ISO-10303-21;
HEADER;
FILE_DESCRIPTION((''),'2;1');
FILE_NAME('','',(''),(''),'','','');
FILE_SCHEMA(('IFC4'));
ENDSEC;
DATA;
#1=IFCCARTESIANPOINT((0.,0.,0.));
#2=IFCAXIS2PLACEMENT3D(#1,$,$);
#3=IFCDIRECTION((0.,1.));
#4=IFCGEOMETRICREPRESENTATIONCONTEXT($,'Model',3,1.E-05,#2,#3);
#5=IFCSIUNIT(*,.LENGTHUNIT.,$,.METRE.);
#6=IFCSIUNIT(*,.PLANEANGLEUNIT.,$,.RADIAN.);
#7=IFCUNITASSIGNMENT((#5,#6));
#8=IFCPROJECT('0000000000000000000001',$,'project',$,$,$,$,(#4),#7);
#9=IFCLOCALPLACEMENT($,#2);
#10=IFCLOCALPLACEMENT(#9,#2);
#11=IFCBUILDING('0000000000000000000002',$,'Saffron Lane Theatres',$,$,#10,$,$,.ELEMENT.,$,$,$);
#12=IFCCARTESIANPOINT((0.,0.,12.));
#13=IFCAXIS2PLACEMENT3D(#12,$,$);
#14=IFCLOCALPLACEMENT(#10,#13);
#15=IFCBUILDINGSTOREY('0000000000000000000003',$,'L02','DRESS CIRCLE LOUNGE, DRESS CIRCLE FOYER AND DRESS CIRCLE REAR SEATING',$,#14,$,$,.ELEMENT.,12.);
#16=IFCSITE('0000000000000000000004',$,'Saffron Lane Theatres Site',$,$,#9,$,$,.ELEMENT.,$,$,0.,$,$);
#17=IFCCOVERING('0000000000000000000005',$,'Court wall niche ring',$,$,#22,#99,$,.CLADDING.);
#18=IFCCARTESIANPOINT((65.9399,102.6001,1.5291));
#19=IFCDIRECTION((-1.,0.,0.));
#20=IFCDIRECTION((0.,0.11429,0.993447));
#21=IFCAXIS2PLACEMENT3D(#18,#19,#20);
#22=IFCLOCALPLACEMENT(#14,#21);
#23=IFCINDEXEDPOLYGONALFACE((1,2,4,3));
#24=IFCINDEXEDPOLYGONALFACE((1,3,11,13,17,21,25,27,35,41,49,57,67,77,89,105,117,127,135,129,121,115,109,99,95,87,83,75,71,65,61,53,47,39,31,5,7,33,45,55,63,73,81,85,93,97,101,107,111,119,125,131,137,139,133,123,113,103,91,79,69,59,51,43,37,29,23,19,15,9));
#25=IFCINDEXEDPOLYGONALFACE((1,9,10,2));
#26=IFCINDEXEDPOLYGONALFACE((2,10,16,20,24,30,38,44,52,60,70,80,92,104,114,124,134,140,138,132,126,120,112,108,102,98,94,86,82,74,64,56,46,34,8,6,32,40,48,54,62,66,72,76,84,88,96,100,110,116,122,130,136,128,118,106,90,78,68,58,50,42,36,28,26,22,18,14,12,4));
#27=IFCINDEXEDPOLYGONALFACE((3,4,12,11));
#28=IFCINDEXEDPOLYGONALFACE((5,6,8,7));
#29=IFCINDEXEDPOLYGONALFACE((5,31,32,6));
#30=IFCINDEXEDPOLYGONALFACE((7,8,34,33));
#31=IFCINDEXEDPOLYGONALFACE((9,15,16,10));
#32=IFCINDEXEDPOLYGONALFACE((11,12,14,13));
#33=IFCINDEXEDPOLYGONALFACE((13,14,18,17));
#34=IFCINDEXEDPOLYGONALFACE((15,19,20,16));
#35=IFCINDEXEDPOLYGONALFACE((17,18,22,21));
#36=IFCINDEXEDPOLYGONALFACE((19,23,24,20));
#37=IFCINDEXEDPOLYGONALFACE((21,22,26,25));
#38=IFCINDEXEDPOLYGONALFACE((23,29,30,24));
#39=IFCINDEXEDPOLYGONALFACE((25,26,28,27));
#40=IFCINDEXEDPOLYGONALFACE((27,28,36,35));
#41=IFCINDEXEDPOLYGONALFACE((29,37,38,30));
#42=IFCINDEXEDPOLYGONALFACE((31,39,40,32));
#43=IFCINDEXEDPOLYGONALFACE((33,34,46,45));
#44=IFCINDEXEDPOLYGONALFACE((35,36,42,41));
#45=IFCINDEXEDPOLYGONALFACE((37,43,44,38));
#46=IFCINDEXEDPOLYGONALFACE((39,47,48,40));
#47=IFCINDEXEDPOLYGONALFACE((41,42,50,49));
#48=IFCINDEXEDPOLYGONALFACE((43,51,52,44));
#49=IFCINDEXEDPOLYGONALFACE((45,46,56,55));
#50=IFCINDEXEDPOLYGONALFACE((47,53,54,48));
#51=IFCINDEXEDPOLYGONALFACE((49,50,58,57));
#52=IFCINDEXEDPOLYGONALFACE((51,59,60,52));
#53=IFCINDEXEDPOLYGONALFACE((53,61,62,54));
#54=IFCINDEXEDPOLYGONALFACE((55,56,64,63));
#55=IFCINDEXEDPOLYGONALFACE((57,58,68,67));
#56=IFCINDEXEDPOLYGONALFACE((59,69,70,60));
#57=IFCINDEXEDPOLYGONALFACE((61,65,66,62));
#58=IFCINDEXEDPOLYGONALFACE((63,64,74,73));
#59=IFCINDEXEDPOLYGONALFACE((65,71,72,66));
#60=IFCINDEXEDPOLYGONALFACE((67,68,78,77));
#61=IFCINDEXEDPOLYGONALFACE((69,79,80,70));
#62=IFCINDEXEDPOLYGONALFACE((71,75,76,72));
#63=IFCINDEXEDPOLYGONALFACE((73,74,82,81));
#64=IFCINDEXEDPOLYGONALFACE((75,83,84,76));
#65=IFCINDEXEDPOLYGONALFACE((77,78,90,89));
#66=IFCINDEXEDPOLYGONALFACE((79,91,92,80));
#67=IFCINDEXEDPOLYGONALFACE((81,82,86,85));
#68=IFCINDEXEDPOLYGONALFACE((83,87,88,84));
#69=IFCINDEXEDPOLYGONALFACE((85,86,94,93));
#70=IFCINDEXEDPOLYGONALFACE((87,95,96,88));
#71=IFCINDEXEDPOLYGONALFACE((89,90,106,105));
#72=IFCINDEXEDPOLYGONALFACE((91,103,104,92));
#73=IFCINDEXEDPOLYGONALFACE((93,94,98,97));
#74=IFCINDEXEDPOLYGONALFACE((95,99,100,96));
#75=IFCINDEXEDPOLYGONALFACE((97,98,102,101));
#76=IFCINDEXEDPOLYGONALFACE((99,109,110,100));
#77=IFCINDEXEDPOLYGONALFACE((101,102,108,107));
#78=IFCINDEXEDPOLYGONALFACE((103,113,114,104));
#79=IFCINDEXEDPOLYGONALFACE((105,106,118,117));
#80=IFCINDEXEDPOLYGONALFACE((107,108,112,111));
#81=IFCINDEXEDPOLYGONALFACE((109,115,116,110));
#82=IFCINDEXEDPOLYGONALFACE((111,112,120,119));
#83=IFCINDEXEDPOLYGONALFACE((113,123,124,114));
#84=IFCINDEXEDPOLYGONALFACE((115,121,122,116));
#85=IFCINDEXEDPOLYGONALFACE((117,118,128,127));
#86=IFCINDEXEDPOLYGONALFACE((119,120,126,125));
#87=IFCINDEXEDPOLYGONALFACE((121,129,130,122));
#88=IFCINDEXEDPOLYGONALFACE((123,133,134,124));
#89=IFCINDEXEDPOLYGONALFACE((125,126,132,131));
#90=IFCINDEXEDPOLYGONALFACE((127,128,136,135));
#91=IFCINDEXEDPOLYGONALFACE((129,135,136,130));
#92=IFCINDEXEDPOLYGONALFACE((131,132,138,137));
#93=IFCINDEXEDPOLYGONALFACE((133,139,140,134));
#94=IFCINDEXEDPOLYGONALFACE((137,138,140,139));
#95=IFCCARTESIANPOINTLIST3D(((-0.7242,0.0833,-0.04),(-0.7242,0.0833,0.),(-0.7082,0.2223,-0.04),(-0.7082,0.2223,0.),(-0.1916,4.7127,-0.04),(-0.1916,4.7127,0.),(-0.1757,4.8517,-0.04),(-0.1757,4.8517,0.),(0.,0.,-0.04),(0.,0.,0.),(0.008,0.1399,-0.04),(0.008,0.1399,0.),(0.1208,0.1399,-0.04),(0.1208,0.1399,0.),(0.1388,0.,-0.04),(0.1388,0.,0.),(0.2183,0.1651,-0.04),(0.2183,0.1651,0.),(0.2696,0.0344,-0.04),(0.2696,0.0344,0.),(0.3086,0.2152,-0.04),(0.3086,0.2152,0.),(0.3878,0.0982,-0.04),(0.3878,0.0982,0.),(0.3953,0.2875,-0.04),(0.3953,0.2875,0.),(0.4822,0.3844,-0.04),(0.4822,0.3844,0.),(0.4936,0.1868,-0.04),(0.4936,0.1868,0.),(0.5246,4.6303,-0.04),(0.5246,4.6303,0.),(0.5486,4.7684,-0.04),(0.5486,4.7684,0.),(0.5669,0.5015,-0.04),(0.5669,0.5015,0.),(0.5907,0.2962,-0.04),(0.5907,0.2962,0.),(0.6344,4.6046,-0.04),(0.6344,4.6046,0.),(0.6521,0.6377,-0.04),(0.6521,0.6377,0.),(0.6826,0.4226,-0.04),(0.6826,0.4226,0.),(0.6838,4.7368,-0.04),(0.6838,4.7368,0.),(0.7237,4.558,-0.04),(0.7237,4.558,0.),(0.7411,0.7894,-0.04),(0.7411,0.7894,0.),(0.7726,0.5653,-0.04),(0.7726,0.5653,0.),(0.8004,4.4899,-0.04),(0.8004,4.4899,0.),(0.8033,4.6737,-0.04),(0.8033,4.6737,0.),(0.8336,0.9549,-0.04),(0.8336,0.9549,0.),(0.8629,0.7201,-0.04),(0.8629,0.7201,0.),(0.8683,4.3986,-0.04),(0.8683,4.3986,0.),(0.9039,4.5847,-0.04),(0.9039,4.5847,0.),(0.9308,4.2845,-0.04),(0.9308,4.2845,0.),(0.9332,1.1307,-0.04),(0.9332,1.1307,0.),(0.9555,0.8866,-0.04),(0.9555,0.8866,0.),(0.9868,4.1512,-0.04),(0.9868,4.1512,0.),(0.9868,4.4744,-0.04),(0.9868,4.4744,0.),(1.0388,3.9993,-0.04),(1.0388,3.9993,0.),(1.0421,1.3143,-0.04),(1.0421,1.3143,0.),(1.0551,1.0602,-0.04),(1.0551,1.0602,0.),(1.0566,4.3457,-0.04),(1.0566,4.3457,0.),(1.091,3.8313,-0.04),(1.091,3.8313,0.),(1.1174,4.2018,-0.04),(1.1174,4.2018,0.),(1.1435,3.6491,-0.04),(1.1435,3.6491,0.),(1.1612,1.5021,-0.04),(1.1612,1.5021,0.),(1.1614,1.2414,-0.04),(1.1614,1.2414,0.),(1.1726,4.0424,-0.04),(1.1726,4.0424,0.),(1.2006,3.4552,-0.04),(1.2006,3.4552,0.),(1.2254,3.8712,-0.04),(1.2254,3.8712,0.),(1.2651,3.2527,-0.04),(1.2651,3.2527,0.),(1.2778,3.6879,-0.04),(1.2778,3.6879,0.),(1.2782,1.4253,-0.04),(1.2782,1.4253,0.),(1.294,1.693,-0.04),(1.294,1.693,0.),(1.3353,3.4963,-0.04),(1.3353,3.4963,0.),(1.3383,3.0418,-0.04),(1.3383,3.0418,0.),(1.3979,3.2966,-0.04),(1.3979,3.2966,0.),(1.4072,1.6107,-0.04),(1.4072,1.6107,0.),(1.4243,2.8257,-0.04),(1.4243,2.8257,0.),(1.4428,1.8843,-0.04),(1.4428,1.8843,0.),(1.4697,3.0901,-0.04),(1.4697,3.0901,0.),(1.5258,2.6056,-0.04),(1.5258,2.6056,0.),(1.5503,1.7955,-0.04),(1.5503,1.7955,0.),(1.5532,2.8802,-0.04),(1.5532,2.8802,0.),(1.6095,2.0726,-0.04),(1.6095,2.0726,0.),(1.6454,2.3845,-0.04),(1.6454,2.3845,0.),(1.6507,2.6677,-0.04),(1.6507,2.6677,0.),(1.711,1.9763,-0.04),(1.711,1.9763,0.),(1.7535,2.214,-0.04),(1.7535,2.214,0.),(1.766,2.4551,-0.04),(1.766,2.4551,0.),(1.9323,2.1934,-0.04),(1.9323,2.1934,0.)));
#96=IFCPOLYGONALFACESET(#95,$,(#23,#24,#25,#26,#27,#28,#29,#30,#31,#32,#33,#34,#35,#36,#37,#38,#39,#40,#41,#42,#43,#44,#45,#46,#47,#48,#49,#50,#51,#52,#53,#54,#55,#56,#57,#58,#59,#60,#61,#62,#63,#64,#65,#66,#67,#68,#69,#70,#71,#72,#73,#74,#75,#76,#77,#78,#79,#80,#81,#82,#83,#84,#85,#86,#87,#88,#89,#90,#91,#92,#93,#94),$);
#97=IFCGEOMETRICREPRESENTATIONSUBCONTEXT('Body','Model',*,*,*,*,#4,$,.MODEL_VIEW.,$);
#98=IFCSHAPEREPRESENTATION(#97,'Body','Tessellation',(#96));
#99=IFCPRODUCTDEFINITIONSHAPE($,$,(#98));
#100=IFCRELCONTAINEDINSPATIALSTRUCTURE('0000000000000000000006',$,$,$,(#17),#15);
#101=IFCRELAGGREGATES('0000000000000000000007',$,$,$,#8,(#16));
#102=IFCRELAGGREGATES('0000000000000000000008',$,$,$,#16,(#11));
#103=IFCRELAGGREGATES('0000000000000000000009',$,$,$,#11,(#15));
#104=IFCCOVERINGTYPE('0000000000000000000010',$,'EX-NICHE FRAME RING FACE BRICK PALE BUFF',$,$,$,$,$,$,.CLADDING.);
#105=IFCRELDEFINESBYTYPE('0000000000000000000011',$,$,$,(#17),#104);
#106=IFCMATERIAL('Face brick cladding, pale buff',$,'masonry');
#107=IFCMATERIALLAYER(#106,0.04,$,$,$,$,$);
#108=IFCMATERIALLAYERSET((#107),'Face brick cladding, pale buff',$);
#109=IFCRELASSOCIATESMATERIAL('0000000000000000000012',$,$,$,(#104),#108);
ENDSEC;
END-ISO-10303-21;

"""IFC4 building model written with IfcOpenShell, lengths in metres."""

from ifc_helpers import new_model, si_unit, direction, frame, origin, place, context, subcontext, project, spatial, polyline, outline, extrude, material, layer, layer_set, type_object, element, save


model = new_model("IFC4")

# Units and contexts
model_context = context("Model", 3, precision=1e-05, world=origin(), true_north=direction((0.0, 1.0)))
body_context = subcontext(model_context, "Body", "Model", "MODEL_VIEW")
ifc_project = project(units=[si_unit("LENGTHUNIT", "METRE"), si_unit("PLANEANGLEUNIT", "RADIAN")], contexts=[model_context])

# Site, building, storey
site_placement = place(None, origin())
site = spatial("IfcSite", under=ifc_project, at=site_placement, Name="Saffron Lane Theatres Site", CompositionType="ELEMENT", RefElevation=0.0)
building_placement = place(site_placement, origin())
building = spatial("IfcBuilding", under=site, at=building_placement, Name="Saffron Lane Theatres", CompositionType="ELEMENT")
storey_placement = place(building_placement, frame((0.0, 0.0, 12.0)))
storey = spatial("IfcBuildingStorey", under=building, at=storey_placement, Name="L02", Description="DRESS CIRCLE LOUNGE, DRESS CIRCLE FOYER AND DRESS CIRCLE REAR SEATING", CompositionType="ELEMENT", Elevation=12.0)

# Covering
ifc_material_1 = material(Name="Face brick cladding, pale buff", Category="masonry")
ifc_layer_1 = layer(ifc_material_1, 0.04)
ifc_layer_set_1 = layer_set([ifc_layer_1], Name="Face brick cladding, pale buff")
covering_type_1 = type_object("IfcCoveringType", Name="EX-NICHE FRAME RING FACE BRICK PALE BUFF", PredefinedType="CLADDING", material=ifc_layer_set_1)
covering_1_placement = place(storey_placement, frame((65.9399, 102.6001, 1.5291), z_axis=(-1.0, 0.0, 0.0), x_axis=(0.0, 0.11429, 0.993447)))
element("IfcCovering", 1, at=covering_1_placement, inside=storey, type_object=covering_type_1, Name="Court wall niche ring", PredefinedType="CLADDING", context=body_context, shape_type="SweptSolid", body=[
    extrude(outline(polyline([(0.0, 0.0), (0.1388, 0.0), (0.2696, 0.0344), (0.3878, 0.0982), (0.4936, 0.1868), (0.5907, 0.2962), (0.6826, 0.4226), (0.7726, 0.5653), (0.8629, 0.7201), (0.9555, 0.8866), (1.0551, 1.0602), (1.1614, 1.2414), (1.2782, 1.4253), (1.4072, 1.6107), (1.5503, 1.7955), (1.711, 1.9763), (1.9323, 2.1934), (1.766, 2.4551), (1.6507, 2.6677), (1.5532, 2.8802), (1.4697, 3.0901), (1.3979, 3.2966), (1.3353, 3.4963), (1.2778, 3.6879), (1.2254, 3.8712), (1.1726, 4.0424), (1.1174, 4.2018), (1.0566, 4.3457), (0.9868, 4.4744), (0.9039, 4.5847), (0.8033, 4.6737), (0.6838, 4.7368), (0.5486, 4.7684), (-0.1757, 4.8517), (-0.1916, 4.7127), (0.5246, 4.6303), (0.6344, 4.6046), (0.7237, 4.558), (0.8004, 4.4899), (0.8683, 4.3986), (0.9308, 4.2845), (0.9868, 4.1512), (1.0388, 3.9993), (1.091, 3.8313), (1.1435, 3.6491), (1.2006, 3.4552), (1.2651, 3.2527), (1.3383, 3.0418), (1.4243, 2.8257), (1.5258, 2.6056), (1.6454, 2.3845), (1.7535, 2.214), (1.6095, 2.0726), (1.4428, 1.8843), (1.294, 1.693), (1.1612, 1.5021), (1.0421, 1.3143), (0.9332, 1.1307), (0.8336, 0.9549), (0.7411, 0.7894), (0.6521, 0.6377), (0.5669, 0.5015), (0.4822, 0.3844), (0.3953, 0.2875), (0.3086, 0.2152), (0.2183, 0.1651), (0.1208, 0.1399), (0.008, 0.1399), (-0.7082, 0.2223), (-0.7242, 0.0833), (0.0, 0.0)])), origin(), (0.0, 0.0, -1.0), 0.04),
])

save(model, "model.ifc")
